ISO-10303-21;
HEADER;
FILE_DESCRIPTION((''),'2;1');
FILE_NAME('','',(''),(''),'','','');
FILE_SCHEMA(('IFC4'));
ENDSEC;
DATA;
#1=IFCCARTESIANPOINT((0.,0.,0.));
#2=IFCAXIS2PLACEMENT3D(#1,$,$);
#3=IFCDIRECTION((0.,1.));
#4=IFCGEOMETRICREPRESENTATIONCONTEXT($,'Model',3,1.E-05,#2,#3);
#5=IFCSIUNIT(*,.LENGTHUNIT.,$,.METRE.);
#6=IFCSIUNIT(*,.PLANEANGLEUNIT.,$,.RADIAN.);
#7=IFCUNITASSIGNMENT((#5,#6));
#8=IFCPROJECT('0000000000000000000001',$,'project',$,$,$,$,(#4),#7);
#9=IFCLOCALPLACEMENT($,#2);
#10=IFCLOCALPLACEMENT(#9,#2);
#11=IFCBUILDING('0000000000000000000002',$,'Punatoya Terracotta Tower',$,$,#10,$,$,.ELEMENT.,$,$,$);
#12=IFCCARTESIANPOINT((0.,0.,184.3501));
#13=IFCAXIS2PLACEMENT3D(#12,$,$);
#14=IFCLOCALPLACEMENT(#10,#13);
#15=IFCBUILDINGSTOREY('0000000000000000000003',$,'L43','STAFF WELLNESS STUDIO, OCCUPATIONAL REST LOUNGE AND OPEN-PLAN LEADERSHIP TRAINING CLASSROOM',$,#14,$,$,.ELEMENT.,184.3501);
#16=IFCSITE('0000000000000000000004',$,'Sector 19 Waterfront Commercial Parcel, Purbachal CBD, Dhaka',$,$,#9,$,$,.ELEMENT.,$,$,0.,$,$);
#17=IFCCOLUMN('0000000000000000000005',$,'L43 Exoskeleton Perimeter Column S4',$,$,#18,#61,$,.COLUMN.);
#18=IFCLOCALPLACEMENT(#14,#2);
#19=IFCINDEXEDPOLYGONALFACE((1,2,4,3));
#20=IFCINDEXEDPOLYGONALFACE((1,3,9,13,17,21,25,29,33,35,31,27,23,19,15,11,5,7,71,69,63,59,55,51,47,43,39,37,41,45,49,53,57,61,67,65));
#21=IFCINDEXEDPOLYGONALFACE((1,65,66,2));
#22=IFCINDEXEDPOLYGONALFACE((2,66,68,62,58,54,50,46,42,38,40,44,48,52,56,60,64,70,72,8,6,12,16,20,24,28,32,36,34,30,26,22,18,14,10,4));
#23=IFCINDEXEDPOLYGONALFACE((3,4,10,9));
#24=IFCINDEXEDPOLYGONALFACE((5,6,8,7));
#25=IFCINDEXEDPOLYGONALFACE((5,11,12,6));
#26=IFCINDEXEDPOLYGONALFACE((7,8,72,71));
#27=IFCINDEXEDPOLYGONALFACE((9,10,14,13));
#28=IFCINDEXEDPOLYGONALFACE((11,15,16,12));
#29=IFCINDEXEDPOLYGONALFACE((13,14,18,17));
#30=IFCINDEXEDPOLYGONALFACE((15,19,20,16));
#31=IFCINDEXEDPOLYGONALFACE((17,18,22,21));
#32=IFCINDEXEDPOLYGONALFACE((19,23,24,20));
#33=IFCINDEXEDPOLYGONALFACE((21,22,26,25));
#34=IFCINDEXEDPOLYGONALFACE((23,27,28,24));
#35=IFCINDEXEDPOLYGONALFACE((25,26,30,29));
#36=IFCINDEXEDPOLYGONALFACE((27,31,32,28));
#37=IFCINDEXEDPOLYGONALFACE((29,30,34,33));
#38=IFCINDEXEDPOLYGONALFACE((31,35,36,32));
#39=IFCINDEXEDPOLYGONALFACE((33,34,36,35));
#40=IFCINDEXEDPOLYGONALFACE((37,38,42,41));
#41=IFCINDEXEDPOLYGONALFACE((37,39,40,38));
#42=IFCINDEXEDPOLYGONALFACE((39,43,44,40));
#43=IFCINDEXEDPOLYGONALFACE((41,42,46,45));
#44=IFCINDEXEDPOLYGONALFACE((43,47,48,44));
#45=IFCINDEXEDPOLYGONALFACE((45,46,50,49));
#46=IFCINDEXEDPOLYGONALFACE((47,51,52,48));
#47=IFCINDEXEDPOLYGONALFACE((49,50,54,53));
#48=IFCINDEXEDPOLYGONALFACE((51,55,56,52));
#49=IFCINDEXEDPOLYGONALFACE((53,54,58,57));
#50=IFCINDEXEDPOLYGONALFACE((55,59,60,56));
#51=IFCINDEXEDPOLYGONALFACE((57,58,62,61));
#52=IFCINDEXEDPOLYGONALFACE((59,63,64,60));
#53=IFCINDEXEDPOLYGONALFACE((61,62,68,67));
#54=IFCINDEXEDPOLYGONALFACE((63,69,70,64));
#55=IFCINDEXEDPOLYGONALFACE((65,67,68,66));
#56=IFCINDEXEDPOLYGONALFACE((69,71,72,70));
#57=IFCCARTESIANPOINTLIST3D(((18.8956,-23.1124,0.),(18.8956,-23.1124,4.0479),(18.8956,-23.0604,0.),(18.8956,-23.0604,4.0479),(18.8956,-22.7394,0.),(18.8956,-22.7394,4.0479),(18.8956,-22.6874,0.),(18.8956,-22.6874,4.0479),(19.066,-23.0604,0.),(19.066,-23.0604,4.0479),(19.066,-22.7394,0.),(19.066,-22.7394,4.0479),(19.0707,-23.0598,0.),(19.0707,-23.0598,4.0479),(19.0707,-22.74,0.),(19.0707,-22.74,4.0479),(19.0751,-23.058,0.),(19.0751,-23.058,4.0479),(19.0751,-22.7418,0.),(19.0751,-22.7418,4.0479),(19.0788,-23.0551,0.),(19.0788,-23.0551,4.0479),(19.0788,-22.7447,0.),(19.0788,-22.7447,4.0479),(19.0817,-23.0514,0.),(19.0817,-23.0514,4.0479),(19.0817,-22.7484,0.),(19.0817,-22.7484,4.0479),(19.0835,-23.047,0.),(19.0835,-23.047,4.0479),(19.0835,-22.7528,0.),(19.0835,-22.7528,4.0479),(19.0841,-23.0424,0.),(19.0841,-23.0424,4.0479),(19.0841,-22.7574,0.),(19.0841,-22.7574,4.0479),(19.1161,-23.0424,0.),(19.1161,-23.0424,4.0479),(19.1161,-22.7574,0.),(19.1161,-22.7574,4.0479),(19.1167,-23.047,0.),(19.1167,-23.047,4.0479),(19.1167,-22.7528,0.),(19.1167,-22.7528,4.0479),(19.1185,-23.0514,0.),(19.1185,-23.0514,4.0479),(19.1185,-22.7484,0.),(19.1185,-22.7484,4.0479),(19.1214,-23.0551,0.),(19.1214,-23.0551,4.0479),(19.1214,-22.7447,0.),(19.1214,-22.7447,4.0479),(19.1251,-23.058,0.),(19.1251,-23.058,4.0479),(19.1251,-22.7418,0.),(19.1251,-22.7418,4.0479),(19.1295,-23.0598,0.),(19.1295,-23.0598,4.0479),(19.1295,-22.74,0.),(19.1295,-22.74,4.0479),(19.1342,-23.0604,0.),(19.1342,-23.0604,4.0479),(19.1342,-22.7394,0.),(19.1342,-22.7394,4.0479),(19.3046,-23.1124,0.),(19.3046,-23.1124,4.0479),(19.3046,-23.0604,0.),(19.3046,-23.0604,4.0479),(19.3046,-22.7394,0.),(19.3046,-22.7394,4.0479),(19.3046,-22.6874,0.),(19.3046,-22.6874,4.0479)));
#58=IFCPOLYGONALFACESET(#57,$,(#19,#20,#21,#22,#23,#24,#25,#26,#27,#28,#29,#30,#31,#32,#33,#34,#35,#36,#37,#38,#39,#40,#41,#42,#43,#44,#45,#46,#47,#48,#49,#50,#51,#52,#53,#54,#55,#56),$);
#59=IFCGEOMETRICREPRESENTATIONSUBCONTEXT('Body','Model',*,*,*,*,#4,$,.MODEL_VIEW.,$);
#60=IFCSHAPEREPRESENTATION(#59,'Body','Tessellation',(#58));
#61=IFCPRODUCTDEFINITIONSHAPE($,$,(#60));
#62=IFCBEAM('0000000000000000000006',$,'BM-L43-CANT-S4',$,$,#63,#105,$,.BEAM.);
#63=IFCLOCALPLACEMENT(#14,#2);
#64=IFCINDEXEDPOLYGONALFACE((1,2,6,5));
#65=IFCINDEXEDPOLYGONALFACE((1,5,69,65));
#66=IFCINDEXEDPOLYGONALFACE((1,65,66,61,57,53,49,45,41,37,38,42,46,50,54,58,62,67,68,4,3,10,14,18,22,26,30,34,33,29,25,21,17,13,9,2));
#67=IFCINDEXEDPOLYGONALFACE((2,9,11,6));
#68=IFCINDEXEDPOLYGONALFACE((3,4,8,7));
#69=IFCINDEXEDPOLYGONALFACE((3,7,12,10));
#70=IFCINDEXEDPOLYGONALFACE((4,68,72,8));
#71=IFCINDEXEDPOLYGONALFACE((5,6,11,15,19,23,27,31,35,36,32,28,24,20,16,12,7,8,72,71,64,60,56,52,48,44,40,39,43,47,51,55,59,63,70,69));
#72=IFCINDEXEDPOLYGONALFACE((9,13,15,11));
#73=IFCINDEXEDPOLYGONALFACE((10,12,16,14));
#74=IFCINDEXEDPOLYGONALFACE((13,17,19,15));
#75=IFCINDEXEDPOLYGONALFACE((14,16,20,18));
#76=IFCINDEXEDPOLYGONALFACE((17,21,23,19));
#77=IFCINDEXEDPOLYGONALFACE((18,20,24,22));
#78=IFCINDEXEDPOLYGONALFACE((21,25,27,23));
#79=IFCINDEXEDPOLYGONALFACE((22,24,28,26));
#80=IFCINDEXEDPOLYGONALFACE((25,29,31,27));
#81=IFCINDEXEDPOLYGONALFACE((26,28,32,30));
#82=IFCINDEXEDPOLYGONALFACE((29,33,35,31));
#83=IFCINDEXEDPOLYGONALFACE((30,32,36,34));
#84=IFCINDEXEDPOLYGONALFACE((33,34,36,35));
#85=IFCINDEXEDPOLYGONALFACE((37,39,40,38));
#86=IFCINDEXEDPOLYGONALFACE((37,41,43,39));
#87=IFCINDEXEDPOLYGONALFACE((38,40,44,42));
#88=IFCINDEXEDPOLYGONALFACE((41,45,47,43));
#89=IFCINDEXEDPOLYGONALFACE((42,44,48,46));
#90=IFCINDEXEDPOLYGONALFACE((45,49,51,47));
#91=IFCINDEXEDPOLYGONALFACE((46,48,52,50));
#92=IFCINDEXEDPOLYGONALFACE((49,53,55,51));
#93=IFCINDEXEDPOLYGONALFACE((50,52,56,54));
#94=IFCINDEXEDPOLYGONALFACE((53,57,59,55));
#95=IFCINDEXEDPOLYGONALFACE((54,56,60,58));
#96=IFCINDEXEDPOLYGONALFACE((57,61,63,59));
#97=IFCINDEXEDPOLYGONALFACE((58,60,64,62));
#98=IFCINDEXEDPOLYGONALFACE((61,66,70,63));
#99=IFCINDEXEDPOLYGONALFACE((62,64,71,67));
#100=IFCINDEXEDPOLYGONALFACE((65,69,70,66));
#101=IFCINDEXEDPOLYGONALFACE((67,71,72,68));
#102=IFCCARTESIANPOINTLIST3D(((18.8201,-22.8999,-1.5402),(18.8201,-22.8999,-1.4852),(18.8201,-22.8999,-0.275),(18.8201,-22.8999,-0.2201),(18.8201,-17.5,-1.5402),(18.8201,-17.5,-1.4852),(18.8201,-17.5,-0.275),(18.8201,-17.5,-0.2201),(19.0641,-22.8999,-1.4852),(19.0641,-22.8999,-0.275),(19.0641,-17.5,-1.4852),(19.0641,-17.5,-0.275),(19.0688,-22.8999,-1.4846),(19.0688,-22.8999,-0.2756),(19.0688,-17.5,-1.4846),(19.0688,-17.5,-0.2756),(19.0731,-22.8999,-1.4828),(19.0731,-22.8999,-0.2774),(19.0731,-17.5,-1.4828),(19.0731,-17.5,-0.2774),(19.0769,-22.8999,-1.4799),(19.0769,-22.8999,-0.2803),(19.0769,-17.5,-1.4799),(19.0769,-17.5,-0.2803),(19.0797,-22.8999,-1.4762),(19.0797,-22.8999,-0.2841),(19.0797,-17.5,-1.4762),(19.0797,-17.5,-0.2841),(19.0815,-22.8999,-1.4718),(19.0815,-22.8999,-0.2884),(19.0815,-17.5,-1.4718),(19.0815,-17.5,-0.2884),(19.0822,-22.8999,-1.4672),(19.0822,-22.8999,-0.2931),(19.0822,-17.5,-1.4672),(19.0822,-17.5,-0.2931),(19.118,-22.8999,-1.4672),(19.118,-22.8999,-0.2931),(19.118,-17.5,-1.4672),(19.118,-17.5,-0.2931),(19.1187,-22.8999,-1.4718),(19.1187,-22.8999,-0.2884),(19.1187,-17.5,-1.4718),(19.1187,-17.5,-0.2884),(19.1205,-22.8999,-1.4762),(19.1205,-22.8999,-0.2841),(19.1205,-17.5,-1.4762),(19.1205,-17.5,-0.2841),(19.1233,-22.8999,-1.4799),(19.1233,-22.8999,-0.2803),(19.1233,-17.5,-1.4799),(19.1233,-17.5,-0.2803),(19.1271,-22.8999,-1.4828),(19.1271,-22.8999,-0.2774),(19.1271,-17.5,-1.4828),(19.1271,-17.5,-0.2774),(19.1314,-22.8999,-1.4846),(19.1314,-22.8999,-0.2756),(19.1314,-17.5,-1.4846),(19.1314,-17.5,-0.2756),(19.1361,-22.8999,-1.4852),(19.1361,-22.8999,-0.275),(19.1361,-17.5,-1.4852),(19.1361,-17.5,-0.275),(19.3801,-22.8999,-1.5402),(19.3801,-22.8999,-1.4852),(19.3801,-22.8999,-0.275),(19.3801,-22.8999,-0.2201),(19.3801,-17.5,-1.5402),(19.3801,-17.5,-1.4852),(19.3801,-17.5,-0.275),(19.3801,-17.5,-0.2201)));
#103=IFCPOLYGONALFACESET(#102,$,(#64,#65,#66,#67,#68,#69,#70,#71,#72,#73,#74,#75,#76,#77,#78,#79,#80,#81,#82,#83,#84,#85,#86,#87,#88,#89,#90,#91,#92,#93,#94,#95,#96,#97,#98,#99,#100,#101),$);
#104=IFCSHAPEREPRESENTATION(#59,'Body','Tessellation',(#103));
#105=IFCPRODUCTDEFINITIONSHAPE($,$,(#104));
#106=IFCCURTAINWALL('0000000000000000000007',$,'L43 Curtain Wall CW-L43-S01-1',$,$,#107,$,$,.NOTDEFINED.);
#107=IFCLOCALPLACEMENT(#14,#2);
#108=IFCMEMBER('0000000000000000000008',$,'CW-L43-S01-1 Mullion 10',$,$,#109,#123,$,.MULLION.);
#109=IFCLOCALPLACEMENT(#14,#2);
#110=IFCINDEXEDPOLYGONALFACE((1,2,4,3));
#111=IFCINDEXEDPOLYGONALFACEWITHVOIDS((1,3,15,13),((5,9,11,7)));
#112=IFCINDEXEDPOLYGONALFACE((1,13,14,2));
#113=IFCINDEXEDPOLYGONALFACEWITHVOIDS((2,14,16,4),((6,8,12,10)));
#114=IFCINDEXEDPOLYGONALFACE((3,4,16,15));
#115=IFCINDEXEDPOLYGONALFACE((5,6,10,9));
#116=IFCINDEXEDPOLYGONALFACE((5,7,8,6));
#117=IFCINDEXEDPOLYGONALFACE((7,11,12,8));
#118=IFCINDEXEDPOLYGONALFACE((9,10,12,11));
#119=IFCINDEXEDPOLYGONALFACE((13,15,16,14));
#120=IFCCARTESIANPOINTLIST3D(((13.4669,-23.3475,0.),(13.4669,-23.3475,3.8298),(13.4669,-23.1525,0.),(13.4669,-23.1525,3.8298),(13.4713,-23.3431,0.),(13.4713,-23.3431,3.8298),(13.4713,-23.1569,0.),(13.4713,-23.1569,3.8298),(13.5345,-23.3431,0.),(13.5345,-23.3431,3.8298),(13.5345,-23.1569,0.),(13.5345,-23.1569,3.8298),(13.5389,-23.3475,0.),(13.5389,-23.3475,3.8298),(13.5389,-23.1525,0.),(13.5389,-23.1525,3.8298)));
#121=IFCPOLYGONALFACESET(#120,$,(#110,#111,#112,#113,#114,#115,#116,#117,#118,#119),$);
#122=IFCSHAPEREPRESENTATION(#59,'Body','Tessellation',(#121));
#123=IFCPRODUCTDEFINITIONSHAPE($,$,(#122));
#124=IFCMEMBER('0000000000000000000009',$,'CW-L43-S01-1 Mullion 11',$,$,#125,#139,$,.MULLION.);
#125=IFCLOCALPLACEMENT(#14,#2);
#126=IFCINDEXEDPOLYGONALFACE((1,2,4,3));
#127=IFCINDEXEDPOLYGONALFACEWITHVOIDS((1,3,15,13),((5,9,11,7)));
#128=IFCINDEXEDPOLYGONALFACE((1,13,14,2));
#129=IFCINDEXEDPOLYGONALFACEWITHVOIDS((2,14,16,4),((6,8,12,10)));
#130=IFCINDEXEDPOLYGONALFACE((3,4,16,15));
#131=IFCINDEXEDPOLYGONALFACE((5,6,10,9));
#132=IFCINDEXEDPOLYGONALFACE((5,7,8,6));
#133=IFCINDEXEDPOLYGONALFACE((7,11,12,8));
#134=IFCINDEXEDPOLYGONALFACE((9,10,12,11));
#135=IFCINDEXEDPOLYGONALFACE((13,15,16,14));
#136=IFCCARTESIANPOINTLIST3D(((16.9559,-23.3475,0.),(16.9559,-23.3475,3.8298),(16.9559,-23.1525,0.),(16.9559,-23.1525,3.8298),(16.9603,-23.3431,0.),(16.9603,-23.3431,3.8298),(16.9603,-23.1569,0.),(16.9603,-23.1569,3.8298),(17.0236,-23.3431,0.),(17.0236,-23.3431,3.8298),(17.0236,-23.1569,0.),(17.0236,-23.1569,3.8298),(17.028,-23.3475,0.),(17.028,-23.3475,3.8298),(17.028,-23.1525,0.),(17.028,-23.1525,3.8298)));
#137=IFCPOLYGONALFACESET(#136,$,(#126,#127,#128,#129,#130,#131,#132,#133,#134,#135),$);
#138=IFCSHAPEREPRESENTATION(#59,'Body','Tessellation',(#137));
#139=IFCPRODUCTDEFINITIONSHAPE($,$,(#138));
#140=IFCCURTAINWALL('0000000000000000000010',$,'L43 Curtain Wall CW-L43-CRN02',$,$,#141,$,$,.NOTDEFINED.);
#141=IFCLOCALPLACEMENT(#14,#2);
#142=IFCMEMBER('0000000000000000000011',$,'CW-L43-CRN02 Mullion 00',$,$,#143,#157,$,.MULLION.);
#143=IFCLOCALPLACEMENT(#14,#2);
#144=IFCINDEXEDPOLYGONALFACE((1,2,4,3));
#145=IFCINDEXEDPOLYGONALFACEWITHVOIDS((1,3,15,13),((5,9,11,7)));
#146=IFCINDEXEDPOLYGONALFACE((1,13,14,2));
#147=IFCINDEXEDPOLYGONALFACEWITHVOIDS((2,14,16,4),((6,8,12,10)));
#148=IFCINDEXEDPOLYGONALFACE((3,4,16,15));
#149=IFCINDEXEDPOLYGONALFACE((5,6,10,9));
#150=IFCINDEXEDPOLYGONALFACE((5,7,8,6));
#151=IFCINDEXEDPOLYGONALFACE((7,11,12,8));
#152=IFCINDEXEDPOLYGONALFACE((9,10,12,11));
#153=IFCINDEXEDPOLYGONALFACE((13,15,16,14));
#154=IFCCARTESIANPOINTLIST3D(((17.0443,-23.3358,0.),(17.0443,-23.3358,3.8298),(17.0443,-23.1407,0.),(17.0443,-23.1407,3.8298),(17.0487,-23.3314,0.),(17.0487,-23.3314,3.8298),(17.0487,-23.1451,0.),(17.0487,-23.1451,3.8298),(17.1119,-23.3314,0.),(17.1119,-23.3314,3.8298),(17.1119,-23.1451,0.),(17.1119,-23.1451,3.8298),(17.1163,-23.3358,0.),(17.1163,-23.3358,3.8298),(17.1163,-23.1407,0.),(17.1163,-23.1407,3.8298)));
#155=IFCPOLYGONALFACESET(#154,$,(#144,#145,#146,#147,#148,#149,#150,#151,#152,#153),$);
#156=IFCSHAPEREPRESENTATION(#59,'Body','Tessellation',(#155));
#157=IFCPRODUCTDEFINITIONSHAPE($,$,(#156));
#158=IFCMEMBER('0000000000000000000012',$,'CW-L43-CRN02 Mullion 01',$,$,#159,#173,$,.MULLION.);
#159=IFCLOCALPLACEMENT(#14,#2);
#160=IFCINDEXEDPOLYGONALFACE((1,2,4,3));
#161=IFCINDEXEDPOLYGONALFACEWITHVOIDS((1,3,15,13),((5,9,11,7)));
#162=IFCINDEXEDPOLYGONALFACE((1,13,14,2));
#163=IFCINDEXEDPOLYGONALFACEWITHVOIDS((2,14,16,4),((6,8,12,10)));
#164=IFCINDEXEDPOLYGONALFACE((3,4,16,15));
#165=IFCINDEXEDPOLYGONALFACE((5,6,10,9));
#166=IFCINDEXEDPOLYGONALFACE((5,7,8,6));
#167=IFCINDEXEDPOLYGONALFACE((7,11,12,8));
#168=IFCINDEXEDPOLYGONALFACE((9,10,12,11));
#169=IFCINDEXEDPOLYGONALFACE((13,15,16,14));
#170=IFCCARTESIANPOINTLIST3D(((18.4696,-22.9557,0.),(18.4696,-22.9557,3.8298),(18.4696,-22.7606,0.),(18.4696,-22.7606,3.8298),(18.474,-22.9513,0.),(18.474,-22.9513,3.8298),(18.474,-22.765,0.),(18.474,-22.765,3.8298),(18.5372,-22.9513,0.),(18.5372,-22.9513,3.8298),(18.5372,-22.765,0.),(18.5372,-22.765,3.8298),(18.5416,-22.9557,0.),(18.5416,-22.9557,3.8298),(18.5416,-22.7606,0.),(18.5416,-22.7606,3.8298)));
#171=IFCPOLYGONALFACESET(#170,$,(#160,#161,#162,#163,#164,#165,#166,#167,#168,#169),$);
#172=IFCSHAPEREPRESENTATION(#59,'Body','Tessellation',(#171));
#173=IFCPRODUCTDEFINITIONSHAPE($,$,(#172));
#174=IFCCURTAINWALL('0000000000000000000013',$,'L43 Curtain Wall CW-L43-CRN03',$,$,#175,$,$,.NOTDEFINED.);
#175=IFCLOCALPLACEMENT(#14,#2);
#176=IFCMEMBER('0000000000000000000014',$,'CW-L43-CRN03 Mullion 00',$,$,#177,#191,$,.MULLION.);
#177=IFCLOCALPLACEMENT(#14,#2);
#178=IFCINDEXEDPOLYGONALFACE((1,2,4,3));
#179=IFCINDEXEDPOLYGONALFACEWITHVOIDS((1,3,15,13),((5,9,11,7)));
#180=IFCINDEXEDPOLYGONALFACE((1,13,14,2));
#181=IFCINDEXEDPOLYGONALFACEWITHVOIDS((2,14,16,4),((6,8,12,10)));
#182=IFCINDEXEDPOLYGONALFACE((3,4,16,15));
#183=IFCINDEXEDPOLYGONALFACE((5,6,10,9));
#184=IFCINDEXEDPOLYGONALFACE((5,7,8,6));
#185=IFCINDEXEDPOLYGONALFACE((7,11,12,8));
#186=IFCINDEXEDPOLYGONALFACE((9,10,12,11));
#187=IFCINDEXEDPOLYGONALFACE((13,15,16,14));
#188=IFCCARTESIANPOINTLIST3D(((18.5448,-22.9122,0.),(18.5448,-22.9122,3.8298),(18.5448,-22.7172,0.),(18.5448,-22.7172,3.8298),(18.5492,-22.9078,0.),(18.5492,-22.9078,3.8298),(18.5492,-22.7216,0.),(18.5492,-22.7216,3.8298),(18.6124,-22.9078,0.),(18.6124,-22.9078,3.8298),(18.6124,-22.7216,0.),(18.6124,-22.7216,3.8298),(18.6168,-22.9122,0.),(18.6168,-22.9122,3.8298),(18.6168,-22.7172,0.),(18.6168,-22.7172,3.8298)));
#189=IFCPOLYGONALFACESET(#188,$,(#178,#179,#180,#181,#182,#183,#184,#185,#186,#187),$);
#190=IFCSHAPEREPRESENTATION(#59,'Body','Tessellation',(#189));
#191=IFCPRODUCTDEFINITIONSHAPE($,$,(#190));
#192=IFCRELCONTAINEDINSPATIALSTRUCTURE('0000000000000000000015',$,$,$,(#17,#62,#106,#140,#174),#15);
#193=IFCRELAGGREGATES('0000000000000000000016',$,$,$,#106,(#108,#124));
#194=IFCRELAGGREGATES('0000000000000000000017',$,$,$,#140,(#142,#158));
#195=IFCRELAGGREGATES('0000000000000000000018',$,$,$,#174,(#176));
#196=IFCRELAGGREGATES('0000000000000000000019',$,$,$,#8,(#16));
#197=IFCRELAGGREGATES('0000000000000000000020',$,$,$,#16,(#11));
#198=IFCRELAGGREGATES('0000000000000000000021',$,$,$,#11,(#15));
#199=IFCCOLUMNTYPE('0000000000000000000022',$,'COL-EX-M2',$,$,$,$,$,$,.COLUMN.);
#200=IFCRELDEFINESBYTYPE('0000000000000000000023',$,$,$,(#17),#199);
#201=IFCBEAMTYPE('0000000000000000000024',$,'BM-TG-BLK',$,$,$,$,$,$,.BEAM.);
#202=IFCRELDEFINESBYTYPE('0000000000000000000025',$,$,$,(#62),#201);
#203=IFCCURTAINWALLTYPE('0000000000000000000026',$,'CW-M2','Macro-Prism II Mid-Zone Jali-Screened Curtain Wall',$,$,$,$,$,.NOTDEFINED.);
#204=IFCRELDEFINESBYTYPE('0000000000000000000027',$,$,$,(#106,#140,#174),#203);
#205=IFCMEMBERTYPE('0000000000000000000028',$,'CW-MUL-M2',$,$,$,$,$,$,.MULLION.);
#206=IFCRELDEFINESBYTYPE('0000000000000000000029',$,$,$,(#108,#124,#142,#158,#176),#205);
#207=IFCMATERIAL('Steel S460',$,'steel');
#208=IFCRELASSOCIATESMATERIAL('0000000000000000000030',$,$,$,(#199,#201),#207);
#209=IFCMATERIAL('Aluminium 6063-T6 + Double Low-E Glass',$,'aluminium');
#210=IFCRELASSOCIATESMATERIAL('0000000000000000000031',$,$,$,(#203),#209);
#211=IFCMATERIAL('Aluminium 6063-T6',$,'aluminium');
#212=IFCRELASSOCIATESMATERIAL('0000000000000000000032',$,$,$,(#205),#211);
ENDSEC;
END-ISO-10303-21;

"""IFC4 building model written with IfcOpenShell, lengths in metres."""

from ifc_helpers import new_model, si_unit, direction, frame, origin, origin_2d, place, context, subcontext, project, spatial, hollow_rectangle, i_section, extrude, material, material_profile, profile_set, type_object, element, aggregate, save


model = new_model("IFC4")

# Units and contexts
model_context = context("Model", 3, precision=1e-05, world=origin(), true_north=direction((0.0, 1.0)))
body_context = subcontext(model_context, "Body", "Model", "MODEL_VIEW")
ifc_project = project(units=[si_unit("LENGTHUNIT", "METRE"), si_unit("PLANEANGLEUNIT", "RADIAN")], contexts=[model_context])

# Site, building, storey
site_placement = place(None, origin())
site = spatial("IfcSite", under=ifc_project, at=site_placement, Name="Sector 19 Waterfront Commercial Parcel, Purbachal CBD, Dhaka", CompositionType="ELEMENT", RefElevation=0.0)
building_placement = place(site_placement, origin())
building = spatial("IfcBuilding", under=site, at=building_placement, Name="Punatoya Terracotta Tower", CompositionType="ELEMENT")
storey_placement = place(building_placement, frame((0.0, 0.0, 184.3501)))
storey = spatial("IfcBuildingStorey", under=building, at=storey_placement, Name="L43", Description="STAFF WELLNESS STUDIO, OCCUPATIONAL REST LOUNGE AND OPEN-PLAN LEADERSHIP TRAINING CLASSROOM", CompositionType="ELEMENT", Elevation=184.3501)

# Column
ifc_material_1 = material(Name="Steel S460", Category="steel")
ifc_material_profile_1 = material_profile(ifc_material_1, i_section(OverallWidth=0.4089, OverallDepth=0.425, WebThickness=0.032, FlangeThickness=0.052, FilletRadius=0.0181, at=origin_2d()))
ifc_profile_set_1 = profile_set([ifc_material_profile_1], Name="Steel S460")
column_type = type_object("IfcColumnType", Name="COL-EX-M2", PredefinedType="COLUMN", material=ifc_profile_set_1)
column_placement = place(storey_placement, frame((19.1001, -22.8999, 0.0), z_axis=(0.0, 0.0, 1.0), x_axis=(1.0, 0.0, 0.0)))
element("IfcColumn", 1, at=column_placement, inside=storey, type_object=column_type, Name="L43 Exoskeleton Perimeter Column S4", PredefinedType="COLUMN", context=body_context, shape_type="SweptSolid", body=[
    extrude(i_section(OverallWidth=0.4089, OverallDepth=0.425, WebThickness=0.032, FlangeThickness=0.052, FilletRadius=0.0181, at=origin_2d()), origin(), (0.0, 0.0, 1.0), 4.0479),
])

# Beam
ifc_material_profile_2 = material_profile(ifc_material_1, i_section(OverallWidth=0.5601, OverallDepth=1.3201, WebThickness=0.0359, FlangeThickness=0.0549, FilletRadius=0.0181, at=origin_2d()))
ifc_profile_set_2 = profile_set([ifc_material_profile_2], Name="Steel S460")
beam_type = type_object("IfcBeamType", Name="BM-TG-BLK", PredefinedType="BEAM", material=ifc_profile_set_2)
beam_placement = place(storey_placement, frame((19.1001, -22.8999, -0.8801), z_axis=(0.0, 1.0, 0.0), x_axis=(-1.0, 0.0, 0.0)))
element("IfcBeam", 2, at=beam_placement, inside=storey, type_object=beam_type, Name="BM-L43-CANT-S4", PredefinedType="BEAM", context=body_context, shape_type="SweptSolid", body=[
    extrude(i_section(OverallWidth=0.5601, OverallDepth=1.3201, WebThickness=0.0359, FlangeThickness=0.0549, FilletRadius=0.0181, at=origin_2d()), origin(), (0.0, 0.0, 1.0), 5.3999),
])

# Curtain walls, members
ifc_material_2 = material(Name="Aluminium 6063-T6 + Double Low-E Glass", Category="aluminium")
curtain_wall_type = type_object("IfcCurtainWallType", Name="CW-M2", Description="Macro-Prism II Mid-Zone Jali-Screened Curtain Wall", PredefinedType="NOTDEFINED", material=ifc_material_2)
curtain_wall_1_placement = place(storey_placement, origin())
curtain_wall_1 = element("IfcCurtainWall", 3, at=curtain_wall_1_placement, inside=storey, type_object=curtain_wall_type, Name="L43 Curtain Wall CW-L43-S01-1", PredefinedType="NOTDEFINED")
ifc_material_3 = material(Name="Aluminium 6063-T6", Category="aluminium")
ifc_material_profile_3 = material_profile(ifc_material_3, hollow_rectangle(XDim=0.072, YDim=0.1951, WallThickness=0.0044, at=origin_2d()))
ifc_profile_set_3 = profile_set([ifc_material_profile_3], Name="Aluminium 6063-T6")
member_type_1 = type_object("IfcMemberType", Name="CW-MUL-M2", PredefinedType="MULLION", material=ifc_profile_set_3)
member_1_placement = place(storey_placement, frame((13.5029, -23.25, 0.0), z_axis=(0.0, 0.0, 1.0), x_axis=(1.0, 0.0, 0.0)))
member_1 = element("IfcMember", 4, at=member_1_placement, type_object=member_type_1, Name="CW-L43-S01-1 Mullion 10", PredefinedType="MULLION", context=body_context, shape_type="SweptSolid", body=[
    extrude(hollow_rectangle(XDim=0.072, YDim=0.1951, WallThickness=0.0044, at=origin_2d()), origin(), (0.0, 0.0, 1.0), 3.8298),
])
member_2_placement = place(storey_placement, frame((16.9919, -23.25, 0.0), z_axis=(0.0, 0.0, 1.0), x_axis=(1.0, 0.0, 0.0)))
member_2 = element("IfcMember", 5, at=member_2_placement, type_object=member_type_1, Name="CW-L43-S01-1 Mullion 11", PredefinedType="MULLION", context=body_context, shape_type="SweptSolid", body=[
    extrude(hollow_rectangle(XDim=0.072, YDim=0.1951, WallThickness=0.0044, at=origin_2d()), origin(), (0.0, 0.0, 1.0), 3.8298),
])
curtain_wall_2_placement = place(storey_placement, origin())
curtain_wall_2 = element("IfcCurtainWall", 6, at=curtain_wall_2_placement, inside=storey, type_object=curtain_wall_type, Name="L43 Curtain Wall CW-L43-CRN02", PredefinedType="NOTDEFINED")
member_3_placement = place(storey_placement, frame((17.0803, -23.2383, 0.0), z_axis=(0.0, 0.0, 1.0), x_axis=(1.0, 0.0, 0.0)))
member_3 = element("IfcMember", 7, at=member_3_placement, type_object=member_type_1, Name="CW-L43-CRN02 Mullion 00", PredefinedType="MULLION", context=body_context, shape_type="SweptSolid", body=[
    extrude(hollow_rectangle(XDim=0.072, YDim=0.1951, WallThickness=0.0044, at=origin_2d()), origin(), (0.0, 0.0, 1.0), 3.8298),
])
member_4_placement = place(storey_placement, frame((18.5056, -22.8582, 0.0), z_axis=(0.0, 0.0, 1.0), x_axis=(1.0, 0.0, 0.0)))
member_4 = element("IfcMember", 8, at=member_4_placement, type_object=member_type_1, Name="CW-L43-CRN02 Mullion 01", PredefinedType="MULLION", context=body_context, shape_type="SweptSolid", body=[
    extrude(hollow_rectangle(XDim=0.072, YDim=0.1951, WallThickness=0.0044, at=origin_2d()), origin(), (0.0, 0.0, 1.0), 3.8298),
])
curtain_wall_3_placement = place(storey_placement, origin())
curtain_wall_3 = element("IfcCurtainWall", 9, at=curtain_wall_3_placement, inside=storey, type_object=curtain_wall_type, Name="L43 Curtain Wall CW-L43-CRN03", PredefinedType="NOTDEFINED")
member_5_placement = place(storey_placement, frame((18.5808, -22.8147, 0.0), z_axis=(0.0, 0.0, 1.0), x_axis=(1.0, 0.0, 0.0)))
member_5 = element("IfcMember", 10, at=member_5_placement, type_object=member_type_1, Name="CW-L43-CRN03 Mullion 00", PredefinedType="MULLION", context=body_context, shape_type="SweptSolid", body=[
    extrude(hollow_rectangle(XDim=0.072, YDim=0.1951, WallThickness=0.0044, at=origin_2d()), origin(), (0.0, 0.0, 1.0), 3.8298),
])

aggregate(curtain_wall_1, [member_1, member_2])
aggregate(curtain_wall_2, [member_3, member_4])
aggregate(curtain_wall_3, [member_5])

save(model, "model.ifc")
